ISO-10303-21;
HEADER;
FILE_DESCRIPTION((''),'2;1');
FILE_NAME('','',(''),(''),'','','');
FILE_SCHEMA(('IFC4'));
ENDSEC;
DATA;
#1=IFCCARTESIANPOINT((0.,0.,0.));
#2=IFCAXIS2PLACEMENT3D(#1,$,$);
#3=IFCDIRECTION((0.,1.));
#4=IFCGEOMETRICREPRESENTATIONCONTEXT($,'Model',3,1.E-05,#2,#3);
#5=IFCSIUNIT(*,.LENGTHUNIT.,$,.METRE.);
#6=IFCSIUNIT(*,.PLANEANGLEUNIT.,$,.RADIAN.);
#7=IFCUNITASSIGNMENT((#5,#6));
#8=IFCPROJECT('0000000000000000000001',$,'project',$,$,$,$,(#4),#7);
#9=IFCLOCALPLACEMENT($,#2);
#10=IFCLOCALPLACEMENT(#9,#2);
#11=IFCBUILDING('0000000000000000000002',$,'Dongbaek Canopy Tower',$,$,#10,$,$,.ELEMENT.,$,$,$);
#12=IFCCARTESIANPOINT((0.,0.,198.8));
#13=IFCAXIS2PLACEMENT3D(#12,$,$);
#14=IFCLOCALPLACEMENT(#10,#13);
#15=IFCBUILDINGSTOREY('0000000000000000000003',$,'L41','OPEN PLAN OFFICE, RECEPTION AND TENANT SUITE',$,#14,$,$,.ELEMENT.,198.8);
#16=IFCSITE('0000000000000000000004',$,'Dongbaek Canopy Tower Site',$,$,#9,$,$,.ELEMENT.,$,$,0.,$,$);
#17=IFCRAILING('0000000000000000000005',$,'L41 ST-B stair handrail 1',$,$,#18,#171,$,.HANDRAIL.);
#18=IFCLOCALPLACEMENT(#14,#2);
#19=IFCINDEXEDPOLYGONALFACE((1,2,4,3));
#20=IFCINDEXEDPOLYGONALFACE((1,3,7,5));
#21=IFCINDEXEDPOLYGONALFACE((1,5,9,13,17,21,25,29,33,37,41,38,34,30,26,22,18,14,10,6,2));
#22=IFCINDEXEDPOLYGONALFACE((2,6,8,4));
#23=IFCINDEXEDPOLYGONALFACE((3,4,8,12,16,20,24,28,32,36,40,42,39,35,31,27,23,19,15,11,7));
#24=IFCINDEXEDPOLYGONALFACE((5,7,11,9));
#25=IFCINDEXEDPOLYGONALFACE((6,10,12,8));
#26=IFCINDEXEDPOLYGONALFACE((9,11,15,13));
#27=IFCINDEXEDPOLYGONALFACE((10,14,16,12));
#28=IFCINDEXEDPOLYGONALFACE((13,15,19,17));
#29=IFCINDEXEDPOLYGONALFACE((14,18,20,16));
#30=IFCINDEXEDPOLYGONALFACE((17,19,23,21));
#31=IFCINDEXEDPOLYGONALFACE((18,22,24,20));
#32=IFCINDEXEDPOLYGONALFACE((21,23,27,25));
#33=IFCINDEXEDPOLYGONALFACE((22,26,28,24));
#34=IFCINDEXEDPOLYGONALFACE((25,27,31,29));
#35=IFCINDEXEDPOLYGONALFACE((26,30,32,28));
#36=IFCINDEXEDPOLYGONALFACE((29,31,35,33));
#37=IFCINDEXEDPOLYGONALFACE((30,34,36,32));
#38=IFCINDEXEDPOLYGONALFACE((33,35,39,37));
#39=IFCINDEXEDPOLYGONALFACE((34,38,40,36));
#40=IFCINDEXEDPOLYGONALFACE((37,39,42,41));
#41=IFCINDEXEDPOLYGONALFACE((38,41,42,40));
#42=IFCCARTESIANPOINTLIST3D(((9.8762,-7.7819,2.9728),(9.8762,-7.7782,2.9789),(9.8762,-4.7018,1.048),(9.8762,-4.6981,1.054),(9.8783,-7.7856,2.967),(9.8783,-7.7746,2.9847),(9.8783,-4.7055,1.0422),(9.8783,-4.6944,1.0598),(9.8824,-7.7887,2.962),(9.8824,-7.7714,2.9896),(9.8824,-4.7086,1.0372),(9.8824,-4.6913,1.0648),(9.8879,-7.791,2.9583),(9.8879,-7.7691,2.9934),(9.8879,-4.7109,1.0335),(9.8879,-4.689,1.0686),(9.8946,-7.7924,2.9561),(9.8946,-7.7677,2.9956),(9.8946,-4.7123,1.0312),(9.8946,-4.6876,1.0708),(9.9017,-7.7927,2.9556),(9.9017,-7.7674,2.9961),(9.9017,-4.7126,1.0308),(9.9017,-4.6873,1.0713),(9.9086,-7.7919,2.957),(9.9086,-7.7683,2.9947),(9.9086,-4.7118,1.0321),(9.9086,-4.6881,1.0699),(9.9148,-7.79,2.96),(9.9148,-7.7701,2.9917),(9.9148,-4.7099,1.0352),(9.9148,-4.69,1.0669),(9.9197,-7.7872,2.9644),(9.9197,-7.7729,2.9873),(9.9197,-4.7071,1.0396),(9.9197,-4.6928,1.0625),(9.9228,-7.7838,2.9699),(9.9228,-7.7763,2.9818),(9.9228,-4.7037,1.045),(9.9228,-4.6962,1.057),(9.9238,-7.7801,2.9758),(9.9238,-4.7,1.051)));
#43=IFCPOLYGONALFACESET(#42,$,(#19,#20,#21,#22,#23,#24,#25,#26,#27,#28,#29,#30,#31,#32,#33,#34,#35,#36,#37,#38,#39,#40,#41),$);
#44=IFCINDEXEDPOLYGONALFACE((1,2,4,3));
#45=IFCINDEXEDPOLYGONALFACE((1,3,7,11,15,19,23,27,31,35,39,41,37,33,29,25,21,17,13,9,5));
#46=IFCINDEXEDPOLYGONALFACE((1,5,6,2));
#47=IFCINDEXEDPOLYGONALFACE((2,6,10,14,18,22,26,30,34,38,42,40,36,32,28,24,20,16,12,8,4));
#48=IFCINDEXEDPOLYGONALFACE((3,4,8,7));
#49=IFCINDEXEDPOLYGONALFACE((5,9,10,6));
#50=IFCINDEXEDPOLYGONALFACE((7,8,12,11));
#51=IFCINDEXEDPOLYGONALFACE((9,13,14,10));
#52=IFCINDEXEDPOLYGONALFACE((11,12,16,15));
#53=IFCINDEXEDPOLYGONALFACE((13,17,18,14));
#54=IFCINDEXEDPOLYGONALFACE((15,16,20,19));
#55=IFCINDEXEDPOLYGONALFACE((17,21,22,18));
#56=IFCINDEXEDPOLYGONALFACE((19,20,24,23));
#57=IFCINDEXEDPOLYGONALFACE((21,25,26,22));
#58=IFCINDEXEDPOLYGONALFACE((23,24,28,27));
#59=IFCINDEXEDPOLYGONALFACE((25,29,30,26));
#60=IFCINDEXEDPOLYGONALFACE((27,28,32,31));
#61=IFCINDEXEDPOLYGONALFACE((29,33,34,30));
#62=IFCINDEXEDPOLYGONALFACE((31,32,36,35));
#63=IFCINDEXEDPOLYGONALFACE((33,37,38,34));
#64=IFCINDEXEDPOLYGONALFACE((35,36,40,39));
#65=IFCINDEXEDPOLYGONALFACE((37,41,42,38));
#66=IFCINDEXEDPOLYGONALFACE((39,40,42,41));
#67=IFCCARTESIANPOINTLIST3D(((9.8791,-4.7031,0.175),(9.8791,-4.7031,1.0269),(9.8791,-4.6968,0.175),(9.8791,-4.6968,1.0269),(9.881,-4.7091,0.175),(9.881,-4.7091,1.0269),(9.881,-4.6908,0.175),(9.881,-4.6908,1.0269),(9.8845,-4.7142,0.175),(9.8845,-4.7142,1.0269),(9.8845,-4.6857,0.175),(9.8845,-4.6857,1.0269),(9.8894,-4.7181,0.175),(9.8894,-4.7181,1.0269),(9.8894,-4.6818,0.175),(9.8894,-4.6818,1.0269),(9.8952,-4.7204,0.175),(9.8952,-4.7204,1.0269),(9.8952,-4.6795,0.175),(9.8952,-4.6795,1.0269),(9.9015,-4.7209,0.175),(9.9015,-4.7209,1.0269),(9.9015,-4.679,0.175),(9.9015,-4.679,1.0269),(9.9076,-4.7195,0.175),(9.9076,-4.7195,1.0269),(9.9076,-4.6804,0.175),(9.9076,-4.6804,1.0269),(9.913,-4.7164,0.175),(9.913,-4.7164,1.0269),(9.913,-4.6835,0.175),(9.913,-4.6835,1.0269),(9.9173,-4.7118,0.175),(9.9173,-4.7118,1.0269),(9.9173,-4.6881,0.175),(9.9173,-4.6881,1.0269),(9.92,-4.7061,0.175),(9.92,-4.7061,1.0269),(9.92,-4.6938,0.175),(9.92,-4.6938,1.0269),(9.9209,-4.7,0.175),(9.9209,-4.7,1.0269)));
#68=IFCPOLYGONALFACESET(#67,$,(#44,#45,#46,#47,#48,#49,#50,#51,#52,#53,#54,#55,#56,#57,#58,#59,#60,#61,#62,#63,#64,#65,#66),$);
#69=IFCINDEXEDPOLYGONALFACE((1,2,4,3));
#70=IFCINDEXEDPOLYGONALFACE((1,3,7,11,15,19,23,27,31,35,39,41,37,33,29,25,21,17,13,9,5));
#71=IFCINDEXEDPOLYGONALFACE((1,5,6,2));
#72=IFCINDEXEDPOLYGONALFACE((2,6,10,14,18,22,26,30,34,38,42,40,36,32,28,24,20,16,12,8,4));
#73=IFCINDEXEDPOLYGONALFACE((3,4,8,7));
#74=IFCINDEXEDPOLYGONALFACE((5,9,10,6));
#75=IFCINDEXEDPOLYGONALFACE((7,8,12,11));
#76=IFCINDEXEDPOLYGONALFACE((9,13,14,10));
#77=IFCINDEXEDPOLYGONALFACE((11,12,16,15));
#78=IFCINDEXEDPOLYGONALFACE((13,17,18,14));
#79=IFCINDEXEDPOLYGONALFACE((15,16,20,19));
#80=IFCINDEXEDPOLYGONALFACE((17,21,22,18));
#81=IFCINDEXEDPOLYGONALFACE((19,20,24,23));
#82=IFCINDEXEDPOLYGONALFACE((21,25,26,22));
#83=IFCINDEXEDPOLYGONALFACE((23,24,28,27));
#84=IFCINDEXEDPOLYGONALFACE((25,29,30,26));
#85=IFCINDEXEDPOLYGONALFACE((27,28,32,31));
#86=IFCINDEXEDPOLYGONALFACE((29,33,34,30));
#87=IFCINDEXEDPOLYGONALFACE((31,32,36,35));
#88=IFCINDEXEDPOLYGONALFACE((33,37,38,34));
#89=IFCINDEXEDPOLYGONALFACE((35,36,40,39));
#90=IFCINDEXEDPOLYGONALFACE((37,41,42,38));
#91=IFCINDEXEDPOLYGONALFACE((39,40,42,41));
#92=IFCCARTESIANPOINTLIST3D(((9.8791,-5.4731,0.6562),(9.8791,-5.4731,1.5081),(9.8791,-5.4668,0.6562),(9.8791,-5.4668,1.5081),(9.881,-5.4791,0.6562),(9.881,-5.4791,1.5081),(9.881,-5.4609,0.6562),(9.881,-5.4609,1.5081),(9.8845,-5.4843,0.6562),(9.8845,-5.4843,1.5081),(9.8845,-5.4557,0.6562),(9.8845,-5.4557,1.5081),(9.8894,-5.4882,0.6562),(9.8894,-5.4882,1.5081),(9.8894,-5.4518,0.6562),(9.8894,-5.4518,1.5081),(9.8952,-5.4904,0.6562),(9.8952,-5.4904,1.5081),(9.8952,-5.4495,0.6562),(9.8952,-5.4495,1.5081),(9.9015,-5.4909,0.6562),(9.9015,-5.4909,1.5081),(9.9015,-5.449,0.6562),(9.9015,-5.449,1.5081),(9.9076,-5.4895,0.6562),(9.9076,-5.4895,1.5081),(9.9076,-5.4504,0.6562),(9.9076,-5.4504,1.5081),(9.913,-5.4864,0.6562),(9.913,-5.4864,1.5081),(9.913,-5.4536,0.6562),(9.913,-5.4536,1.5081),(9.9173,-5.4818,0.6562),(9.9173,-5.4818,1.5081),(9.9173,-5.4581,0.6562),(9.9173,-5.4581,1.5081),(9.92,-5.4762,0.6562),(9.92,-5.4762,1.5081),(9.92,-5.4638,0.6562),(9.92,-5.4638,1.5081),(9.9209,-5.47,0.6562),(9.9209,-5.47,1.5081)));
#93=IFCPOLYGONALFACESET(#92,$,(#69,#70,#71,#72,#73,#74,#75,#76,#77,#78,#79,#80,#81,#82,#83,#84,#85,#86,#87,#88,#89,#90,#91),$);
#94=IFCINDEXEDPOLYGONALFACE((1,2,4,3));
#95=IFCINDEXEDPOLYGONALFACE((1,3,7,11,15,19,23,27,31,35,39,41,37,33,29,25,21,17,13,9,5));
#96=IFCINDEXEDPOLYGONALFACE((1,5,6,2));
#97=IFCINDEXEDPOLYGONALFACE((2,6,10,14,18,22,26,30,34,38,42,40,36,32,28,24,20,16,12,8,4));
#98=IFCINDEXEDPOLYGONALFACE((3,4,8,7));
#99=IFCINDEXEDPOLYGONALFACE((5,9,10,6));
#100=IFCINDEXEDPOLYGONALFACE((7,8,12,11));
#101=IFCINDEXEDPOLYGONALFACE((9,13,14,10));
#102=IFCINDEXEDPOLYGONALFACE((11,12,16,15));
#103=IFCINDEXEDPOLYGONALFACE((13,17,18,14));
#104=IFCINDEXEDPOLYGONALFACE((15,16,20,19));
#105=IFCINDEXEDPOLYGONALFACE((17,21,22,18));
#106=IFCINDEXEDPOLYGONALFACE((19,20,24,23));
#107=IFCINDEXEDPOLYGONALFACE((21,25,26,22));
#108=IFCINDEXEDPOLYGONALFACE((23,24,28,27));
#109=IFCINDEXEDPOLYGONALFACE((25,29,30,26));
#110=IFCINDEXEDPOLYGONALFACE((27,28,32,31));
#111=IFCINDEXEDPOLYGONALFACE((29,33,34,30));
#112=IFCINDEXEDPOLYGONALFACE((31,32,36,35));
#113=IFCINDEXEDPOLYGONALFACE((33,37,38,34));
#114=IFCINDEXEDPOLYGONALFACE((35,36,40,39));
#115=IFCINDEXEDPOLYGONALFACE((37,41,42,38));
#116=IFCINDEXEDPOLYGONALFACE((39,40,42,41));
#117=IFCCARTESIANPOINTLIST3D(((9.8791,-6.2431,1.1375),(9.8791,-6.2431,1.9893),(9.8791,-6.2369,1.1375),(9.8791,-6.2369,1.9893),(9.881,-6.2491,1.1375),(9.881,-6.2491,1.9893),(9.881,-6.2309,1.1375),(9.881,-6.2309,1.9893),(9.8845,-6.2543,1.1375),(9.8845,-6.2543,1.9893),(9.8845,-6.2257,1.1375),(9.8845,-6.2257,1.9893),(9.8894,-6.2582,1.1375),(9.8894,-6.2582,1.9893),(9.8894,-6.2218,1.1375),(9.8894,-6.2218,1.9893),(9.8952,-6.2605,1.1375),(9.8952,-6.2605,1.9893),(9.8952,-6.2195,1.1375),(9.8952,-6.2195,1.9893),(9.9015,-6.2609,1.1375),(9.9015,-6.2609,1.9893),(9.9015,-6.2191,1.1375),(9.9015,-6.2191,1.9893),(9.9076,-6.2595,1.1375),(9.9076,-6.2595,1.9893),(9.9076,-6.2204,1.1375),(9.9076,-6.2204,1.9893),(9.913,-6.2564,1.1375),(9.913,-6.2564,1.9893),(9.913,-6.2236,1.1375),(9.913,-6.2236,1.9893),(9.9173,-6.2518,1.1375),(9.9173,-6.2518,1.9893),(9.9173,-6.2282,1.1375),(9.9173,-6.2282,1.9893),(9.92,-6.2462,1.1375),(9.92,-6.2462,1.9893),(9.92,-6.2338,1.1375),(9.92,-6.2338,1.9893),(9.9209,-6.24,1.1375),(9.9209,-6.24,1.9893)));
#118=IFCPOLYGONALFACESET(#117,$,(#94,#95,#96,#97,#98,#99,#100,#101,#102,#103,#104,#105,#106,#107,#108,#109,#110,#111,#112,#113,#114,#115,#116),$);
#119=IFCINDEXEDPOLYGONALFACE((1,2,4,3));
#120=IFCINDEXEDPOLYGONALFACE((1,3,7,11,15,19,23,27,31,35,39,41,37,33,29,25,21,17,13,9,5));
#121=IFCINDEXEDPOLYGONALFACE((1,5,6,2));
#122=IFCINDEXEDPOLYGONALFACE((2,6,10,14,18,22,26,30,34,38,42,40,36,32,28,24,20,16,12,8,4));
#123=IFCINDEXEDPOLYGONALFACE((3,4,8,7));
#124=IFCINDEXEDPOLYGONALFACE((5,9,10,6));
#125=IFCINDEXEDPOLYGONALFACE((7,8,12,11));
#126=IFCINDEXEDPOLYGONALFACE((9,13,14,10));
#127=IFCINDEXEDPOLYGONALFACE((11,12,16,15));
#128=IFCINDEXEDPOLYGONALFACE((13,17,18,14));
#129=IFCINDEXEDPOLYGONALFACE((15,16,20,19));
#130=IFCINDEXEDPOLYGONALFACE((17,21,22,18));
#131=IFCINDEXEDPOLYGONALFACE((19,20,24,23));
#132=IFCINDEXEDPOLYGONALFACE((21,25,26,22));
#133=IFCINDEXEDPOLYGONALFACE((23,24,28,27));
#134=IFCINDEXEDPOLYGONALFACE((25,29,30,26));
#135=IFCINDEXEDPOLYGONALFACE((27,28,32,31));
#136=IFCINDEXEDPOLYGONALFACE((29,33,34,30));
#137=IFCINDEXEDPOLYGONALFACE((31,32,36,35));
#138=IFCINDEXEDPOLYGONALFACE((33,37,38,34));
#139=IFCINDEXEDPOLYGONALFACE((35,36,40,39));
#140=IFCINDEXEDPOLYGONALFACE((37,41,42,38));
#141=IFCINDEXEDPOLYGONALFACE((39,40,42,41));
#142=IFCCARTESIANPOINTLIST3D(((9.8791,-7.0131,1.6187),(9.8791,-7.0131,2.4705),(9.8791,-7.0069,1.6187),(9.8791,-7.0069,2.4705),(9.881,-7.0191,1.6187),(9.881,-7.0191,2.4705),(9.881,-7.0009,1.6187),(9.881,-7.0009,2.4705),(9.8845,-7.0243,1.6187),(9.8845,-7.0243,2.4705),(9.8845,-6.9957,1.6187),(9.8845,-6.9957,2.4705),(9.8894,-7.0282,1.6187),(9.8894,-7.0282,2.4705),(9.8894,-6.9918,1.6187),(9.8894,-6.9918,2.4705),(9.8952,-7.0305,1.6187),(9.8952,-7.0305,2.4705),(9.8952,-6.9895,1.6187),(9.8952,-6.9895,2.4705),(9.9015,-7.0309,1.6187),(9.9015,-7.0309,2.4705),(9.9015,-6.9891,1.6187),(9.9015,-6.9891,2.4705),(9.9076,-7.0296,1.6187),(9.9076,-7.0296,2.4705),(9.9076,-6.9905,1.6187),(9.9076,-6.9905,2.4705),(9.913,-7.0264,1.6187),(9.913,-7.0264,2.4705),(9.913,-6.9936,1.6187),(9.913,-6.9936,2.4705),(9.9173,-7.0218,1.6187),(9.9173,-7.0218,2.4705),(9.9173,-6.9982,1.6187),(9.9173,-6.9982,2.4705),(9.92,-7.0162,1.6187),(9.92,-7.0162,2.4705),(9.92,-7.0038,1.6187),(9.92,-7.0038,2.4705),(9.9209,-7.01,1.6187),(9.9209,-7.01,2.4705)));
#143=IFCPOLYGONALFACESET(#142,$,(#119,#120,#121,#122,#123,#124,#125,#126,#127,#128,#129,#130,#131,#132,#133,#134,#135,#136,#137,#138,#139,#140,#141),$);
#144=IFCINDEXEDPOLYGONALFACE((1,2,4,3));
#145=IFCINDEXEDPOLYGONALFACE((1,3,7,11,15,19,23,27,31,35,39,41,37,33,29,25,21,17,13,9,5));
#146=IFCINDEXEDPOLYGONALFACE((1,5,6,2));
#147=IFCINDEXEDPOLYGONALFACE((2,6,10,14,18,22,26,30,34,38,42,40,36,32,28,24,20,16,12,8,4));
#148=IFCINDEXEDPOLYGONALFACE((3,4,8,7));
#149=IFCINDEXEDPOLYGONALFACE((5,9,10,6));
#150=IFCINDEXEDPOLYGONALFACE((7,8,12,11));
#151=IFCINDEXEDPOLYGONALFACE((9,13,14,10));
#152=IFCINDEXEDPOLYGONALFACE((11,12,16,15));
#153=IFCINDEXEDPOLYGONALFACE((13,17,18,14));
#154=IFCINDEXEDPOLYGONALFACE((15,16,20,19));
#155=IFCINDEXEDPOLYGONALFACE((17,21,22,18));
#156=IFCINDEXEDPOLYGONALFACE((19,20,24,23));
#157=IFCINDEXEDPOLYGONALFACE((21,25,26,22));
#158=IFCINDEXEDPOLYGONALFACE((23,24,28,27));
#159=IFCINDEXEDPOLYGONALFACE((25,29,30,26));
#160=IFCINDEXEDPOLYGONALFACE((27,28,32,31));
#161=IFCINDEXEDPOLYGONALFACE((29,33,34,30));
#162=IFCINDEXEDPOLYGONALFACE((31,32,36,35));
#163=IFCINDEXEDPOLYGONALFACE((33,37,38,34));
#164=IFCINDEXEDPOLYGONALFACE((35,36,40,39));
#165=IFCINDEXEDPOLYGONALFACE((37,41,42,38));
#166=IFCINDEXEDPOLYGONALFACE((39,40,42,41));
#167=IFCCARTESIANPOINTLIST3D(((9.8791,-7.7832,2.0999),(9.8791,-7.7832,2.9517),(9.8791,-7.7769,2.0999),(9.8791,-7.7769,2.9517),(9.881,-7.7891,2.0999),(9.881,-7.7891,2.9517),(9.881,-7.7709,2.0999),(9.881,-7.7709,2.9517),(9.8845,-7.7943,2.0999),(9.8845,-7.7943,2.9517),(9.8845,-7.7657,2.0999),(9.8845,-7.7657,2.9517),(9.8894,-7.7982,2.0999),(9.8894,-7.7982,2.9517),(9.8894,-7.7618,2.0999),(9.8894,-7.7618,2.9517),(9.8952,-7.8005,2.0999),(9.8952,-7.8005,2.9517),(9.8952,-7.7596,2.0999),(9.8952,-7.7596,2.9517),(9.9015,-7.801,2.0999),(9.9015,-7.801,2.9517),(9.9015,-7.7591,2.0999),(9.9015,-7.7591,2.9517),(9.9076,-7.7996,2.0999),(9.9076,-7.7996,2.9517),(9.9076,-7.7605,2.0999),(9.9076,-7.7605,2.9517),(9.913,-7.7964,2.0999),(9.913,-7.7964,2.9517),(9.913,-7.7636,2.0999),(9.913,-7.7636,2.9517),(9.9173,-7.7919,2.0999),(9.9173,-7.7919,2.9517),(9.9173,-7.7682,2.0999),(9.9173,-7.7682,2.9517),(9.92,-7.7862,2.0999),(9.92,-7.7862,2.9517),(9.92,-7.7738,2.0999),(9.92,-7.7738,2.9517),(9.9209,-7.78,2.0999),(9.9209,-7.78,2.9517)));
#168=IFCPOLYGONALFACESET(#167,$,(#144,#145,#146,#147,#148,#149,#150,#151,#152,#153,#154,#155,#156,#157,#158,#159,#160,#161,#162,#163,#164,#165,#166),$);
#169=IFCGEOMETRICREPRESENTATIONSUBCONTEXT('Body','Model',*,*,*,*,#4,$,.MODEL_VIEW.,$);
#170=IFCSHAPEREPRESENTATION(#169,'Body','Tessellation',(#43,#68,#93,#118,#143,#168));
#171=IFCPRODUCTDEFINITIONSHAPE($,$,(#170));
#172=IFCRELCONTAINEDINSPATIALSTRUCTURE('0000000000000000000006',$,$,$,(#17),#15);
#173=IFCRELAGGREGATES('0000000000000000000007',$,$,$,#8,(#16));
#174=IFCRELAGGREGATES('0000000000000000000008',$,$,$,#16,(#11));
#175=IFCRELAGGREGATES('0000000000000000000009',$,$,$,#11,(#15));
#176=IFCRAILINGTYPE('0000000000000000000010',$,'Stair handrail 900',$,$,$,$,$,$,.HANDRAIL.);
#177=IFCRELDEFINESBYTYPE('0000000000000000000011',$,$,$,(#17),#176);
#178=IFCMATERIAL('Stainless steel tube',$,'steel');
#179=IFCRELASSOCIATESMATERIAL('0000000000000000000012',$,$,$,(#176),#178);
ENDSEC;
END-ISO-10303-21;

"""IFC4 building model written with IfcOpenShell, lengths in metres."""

from ifc_helpers import new_model, si_unit, direction, frame, origin, origin_2d, place, context, subcontext, project, spatial, circle, extrude, material, type_object, element, save


model = new_model("IFC4")

# Units and contexts
model_context = context("Model", 3, precision=1e-05, world=origin(), true_north=direction((0.0, 1.0)))
body_context = subcontext(model_context, "Body", "Model", "MODEL_VIEW")
ifc_project = project(units=[si_unit("LENGTHUNIT", "METRE"), si_unit("PLANEANGLEUNIT", "RADIAN")], contexts=[model_context])

# Site, building, storey
site_placement = place(None, origin())
site = spatial("IfcSite", under=ifc_project, at=site_placement, Name="Dongbaek Canopy Tower Site", CompositionType="ELEMENT", RefElevation=0.0)
building_placement = place(site_placement, origin())
building = spatial("IfcBuilding", under=site, at=building_placement, Name="Dongbaek Canopy Tower", CompositionType="ELEMENT")
storey_placement = place(building_placement, frame((0.0, 0.0, 198.8)))
storey = spatial("IfcBuildingStorey", under=building, at=storey_placement, Name="L41", Description="OPEN PLAN OFFICE, RECEPTION AND TENANT SUITE", CompositionType="ELEMENT", Elevation=198.8)

# Railing
ifc_material_1 = material(Name="Stainless steel tube", Category="steel")
railing_type_1 = type_object("IfcRailingType", Name="Stair handrail 900", PredefinedType="HANDRAIL", material=ifc_material_1)
railing_1_placement = place(storey_placement, frame((9.8999, -4.7, 0.175)))
element("IfcRailing", 1, at=railing_1_placement, inside=storey, type_object=railing_type_1, Name="L41 ST-B stair handrail 1", PredefinedType="HANDRAIL", context=body_context, shape_type="SweptSolid", body=[
    extrude(circle(Radius=0.0239, at=origin_2d()), frame((0.0, 0.0, 0.876), z_axis=(0.0, -0.848029, 0.529951), x_axis=(1.0, 0.0, 0.0)), (0.0, 0.0, 1.0), 3.6321),
    extrude(circle(Radius=0.021, at=origin_2d()), origin(), (0.0, 0.0, 1.0), 0.8518),
    extrude(circle(Radius=0.021, at=origin_2d()), frame((0.0, -0.77, 0.4812)), (0.0, 0.0, 1.0), 0.8518),
    extrude(circle(Radius=0.021, at=origin_2d()), frame((0.0, -1.54, 0.9624)), (0.0, 0.0, 1.0), 0.8518),
    extrude(circle(Radius=0.021, at=origin_2d()), frame((0.0, -2.3101, 1.4436)), (0.0, 0.0, 1.0), 0.8518),
    extrude(circle(Radius=0.021, at=origin_2d()), frame((0.0, -3.0801, 1.9248)), (0.0, 0.0, 1.0), 0.8518),
])

save(model, "model.ifc")
